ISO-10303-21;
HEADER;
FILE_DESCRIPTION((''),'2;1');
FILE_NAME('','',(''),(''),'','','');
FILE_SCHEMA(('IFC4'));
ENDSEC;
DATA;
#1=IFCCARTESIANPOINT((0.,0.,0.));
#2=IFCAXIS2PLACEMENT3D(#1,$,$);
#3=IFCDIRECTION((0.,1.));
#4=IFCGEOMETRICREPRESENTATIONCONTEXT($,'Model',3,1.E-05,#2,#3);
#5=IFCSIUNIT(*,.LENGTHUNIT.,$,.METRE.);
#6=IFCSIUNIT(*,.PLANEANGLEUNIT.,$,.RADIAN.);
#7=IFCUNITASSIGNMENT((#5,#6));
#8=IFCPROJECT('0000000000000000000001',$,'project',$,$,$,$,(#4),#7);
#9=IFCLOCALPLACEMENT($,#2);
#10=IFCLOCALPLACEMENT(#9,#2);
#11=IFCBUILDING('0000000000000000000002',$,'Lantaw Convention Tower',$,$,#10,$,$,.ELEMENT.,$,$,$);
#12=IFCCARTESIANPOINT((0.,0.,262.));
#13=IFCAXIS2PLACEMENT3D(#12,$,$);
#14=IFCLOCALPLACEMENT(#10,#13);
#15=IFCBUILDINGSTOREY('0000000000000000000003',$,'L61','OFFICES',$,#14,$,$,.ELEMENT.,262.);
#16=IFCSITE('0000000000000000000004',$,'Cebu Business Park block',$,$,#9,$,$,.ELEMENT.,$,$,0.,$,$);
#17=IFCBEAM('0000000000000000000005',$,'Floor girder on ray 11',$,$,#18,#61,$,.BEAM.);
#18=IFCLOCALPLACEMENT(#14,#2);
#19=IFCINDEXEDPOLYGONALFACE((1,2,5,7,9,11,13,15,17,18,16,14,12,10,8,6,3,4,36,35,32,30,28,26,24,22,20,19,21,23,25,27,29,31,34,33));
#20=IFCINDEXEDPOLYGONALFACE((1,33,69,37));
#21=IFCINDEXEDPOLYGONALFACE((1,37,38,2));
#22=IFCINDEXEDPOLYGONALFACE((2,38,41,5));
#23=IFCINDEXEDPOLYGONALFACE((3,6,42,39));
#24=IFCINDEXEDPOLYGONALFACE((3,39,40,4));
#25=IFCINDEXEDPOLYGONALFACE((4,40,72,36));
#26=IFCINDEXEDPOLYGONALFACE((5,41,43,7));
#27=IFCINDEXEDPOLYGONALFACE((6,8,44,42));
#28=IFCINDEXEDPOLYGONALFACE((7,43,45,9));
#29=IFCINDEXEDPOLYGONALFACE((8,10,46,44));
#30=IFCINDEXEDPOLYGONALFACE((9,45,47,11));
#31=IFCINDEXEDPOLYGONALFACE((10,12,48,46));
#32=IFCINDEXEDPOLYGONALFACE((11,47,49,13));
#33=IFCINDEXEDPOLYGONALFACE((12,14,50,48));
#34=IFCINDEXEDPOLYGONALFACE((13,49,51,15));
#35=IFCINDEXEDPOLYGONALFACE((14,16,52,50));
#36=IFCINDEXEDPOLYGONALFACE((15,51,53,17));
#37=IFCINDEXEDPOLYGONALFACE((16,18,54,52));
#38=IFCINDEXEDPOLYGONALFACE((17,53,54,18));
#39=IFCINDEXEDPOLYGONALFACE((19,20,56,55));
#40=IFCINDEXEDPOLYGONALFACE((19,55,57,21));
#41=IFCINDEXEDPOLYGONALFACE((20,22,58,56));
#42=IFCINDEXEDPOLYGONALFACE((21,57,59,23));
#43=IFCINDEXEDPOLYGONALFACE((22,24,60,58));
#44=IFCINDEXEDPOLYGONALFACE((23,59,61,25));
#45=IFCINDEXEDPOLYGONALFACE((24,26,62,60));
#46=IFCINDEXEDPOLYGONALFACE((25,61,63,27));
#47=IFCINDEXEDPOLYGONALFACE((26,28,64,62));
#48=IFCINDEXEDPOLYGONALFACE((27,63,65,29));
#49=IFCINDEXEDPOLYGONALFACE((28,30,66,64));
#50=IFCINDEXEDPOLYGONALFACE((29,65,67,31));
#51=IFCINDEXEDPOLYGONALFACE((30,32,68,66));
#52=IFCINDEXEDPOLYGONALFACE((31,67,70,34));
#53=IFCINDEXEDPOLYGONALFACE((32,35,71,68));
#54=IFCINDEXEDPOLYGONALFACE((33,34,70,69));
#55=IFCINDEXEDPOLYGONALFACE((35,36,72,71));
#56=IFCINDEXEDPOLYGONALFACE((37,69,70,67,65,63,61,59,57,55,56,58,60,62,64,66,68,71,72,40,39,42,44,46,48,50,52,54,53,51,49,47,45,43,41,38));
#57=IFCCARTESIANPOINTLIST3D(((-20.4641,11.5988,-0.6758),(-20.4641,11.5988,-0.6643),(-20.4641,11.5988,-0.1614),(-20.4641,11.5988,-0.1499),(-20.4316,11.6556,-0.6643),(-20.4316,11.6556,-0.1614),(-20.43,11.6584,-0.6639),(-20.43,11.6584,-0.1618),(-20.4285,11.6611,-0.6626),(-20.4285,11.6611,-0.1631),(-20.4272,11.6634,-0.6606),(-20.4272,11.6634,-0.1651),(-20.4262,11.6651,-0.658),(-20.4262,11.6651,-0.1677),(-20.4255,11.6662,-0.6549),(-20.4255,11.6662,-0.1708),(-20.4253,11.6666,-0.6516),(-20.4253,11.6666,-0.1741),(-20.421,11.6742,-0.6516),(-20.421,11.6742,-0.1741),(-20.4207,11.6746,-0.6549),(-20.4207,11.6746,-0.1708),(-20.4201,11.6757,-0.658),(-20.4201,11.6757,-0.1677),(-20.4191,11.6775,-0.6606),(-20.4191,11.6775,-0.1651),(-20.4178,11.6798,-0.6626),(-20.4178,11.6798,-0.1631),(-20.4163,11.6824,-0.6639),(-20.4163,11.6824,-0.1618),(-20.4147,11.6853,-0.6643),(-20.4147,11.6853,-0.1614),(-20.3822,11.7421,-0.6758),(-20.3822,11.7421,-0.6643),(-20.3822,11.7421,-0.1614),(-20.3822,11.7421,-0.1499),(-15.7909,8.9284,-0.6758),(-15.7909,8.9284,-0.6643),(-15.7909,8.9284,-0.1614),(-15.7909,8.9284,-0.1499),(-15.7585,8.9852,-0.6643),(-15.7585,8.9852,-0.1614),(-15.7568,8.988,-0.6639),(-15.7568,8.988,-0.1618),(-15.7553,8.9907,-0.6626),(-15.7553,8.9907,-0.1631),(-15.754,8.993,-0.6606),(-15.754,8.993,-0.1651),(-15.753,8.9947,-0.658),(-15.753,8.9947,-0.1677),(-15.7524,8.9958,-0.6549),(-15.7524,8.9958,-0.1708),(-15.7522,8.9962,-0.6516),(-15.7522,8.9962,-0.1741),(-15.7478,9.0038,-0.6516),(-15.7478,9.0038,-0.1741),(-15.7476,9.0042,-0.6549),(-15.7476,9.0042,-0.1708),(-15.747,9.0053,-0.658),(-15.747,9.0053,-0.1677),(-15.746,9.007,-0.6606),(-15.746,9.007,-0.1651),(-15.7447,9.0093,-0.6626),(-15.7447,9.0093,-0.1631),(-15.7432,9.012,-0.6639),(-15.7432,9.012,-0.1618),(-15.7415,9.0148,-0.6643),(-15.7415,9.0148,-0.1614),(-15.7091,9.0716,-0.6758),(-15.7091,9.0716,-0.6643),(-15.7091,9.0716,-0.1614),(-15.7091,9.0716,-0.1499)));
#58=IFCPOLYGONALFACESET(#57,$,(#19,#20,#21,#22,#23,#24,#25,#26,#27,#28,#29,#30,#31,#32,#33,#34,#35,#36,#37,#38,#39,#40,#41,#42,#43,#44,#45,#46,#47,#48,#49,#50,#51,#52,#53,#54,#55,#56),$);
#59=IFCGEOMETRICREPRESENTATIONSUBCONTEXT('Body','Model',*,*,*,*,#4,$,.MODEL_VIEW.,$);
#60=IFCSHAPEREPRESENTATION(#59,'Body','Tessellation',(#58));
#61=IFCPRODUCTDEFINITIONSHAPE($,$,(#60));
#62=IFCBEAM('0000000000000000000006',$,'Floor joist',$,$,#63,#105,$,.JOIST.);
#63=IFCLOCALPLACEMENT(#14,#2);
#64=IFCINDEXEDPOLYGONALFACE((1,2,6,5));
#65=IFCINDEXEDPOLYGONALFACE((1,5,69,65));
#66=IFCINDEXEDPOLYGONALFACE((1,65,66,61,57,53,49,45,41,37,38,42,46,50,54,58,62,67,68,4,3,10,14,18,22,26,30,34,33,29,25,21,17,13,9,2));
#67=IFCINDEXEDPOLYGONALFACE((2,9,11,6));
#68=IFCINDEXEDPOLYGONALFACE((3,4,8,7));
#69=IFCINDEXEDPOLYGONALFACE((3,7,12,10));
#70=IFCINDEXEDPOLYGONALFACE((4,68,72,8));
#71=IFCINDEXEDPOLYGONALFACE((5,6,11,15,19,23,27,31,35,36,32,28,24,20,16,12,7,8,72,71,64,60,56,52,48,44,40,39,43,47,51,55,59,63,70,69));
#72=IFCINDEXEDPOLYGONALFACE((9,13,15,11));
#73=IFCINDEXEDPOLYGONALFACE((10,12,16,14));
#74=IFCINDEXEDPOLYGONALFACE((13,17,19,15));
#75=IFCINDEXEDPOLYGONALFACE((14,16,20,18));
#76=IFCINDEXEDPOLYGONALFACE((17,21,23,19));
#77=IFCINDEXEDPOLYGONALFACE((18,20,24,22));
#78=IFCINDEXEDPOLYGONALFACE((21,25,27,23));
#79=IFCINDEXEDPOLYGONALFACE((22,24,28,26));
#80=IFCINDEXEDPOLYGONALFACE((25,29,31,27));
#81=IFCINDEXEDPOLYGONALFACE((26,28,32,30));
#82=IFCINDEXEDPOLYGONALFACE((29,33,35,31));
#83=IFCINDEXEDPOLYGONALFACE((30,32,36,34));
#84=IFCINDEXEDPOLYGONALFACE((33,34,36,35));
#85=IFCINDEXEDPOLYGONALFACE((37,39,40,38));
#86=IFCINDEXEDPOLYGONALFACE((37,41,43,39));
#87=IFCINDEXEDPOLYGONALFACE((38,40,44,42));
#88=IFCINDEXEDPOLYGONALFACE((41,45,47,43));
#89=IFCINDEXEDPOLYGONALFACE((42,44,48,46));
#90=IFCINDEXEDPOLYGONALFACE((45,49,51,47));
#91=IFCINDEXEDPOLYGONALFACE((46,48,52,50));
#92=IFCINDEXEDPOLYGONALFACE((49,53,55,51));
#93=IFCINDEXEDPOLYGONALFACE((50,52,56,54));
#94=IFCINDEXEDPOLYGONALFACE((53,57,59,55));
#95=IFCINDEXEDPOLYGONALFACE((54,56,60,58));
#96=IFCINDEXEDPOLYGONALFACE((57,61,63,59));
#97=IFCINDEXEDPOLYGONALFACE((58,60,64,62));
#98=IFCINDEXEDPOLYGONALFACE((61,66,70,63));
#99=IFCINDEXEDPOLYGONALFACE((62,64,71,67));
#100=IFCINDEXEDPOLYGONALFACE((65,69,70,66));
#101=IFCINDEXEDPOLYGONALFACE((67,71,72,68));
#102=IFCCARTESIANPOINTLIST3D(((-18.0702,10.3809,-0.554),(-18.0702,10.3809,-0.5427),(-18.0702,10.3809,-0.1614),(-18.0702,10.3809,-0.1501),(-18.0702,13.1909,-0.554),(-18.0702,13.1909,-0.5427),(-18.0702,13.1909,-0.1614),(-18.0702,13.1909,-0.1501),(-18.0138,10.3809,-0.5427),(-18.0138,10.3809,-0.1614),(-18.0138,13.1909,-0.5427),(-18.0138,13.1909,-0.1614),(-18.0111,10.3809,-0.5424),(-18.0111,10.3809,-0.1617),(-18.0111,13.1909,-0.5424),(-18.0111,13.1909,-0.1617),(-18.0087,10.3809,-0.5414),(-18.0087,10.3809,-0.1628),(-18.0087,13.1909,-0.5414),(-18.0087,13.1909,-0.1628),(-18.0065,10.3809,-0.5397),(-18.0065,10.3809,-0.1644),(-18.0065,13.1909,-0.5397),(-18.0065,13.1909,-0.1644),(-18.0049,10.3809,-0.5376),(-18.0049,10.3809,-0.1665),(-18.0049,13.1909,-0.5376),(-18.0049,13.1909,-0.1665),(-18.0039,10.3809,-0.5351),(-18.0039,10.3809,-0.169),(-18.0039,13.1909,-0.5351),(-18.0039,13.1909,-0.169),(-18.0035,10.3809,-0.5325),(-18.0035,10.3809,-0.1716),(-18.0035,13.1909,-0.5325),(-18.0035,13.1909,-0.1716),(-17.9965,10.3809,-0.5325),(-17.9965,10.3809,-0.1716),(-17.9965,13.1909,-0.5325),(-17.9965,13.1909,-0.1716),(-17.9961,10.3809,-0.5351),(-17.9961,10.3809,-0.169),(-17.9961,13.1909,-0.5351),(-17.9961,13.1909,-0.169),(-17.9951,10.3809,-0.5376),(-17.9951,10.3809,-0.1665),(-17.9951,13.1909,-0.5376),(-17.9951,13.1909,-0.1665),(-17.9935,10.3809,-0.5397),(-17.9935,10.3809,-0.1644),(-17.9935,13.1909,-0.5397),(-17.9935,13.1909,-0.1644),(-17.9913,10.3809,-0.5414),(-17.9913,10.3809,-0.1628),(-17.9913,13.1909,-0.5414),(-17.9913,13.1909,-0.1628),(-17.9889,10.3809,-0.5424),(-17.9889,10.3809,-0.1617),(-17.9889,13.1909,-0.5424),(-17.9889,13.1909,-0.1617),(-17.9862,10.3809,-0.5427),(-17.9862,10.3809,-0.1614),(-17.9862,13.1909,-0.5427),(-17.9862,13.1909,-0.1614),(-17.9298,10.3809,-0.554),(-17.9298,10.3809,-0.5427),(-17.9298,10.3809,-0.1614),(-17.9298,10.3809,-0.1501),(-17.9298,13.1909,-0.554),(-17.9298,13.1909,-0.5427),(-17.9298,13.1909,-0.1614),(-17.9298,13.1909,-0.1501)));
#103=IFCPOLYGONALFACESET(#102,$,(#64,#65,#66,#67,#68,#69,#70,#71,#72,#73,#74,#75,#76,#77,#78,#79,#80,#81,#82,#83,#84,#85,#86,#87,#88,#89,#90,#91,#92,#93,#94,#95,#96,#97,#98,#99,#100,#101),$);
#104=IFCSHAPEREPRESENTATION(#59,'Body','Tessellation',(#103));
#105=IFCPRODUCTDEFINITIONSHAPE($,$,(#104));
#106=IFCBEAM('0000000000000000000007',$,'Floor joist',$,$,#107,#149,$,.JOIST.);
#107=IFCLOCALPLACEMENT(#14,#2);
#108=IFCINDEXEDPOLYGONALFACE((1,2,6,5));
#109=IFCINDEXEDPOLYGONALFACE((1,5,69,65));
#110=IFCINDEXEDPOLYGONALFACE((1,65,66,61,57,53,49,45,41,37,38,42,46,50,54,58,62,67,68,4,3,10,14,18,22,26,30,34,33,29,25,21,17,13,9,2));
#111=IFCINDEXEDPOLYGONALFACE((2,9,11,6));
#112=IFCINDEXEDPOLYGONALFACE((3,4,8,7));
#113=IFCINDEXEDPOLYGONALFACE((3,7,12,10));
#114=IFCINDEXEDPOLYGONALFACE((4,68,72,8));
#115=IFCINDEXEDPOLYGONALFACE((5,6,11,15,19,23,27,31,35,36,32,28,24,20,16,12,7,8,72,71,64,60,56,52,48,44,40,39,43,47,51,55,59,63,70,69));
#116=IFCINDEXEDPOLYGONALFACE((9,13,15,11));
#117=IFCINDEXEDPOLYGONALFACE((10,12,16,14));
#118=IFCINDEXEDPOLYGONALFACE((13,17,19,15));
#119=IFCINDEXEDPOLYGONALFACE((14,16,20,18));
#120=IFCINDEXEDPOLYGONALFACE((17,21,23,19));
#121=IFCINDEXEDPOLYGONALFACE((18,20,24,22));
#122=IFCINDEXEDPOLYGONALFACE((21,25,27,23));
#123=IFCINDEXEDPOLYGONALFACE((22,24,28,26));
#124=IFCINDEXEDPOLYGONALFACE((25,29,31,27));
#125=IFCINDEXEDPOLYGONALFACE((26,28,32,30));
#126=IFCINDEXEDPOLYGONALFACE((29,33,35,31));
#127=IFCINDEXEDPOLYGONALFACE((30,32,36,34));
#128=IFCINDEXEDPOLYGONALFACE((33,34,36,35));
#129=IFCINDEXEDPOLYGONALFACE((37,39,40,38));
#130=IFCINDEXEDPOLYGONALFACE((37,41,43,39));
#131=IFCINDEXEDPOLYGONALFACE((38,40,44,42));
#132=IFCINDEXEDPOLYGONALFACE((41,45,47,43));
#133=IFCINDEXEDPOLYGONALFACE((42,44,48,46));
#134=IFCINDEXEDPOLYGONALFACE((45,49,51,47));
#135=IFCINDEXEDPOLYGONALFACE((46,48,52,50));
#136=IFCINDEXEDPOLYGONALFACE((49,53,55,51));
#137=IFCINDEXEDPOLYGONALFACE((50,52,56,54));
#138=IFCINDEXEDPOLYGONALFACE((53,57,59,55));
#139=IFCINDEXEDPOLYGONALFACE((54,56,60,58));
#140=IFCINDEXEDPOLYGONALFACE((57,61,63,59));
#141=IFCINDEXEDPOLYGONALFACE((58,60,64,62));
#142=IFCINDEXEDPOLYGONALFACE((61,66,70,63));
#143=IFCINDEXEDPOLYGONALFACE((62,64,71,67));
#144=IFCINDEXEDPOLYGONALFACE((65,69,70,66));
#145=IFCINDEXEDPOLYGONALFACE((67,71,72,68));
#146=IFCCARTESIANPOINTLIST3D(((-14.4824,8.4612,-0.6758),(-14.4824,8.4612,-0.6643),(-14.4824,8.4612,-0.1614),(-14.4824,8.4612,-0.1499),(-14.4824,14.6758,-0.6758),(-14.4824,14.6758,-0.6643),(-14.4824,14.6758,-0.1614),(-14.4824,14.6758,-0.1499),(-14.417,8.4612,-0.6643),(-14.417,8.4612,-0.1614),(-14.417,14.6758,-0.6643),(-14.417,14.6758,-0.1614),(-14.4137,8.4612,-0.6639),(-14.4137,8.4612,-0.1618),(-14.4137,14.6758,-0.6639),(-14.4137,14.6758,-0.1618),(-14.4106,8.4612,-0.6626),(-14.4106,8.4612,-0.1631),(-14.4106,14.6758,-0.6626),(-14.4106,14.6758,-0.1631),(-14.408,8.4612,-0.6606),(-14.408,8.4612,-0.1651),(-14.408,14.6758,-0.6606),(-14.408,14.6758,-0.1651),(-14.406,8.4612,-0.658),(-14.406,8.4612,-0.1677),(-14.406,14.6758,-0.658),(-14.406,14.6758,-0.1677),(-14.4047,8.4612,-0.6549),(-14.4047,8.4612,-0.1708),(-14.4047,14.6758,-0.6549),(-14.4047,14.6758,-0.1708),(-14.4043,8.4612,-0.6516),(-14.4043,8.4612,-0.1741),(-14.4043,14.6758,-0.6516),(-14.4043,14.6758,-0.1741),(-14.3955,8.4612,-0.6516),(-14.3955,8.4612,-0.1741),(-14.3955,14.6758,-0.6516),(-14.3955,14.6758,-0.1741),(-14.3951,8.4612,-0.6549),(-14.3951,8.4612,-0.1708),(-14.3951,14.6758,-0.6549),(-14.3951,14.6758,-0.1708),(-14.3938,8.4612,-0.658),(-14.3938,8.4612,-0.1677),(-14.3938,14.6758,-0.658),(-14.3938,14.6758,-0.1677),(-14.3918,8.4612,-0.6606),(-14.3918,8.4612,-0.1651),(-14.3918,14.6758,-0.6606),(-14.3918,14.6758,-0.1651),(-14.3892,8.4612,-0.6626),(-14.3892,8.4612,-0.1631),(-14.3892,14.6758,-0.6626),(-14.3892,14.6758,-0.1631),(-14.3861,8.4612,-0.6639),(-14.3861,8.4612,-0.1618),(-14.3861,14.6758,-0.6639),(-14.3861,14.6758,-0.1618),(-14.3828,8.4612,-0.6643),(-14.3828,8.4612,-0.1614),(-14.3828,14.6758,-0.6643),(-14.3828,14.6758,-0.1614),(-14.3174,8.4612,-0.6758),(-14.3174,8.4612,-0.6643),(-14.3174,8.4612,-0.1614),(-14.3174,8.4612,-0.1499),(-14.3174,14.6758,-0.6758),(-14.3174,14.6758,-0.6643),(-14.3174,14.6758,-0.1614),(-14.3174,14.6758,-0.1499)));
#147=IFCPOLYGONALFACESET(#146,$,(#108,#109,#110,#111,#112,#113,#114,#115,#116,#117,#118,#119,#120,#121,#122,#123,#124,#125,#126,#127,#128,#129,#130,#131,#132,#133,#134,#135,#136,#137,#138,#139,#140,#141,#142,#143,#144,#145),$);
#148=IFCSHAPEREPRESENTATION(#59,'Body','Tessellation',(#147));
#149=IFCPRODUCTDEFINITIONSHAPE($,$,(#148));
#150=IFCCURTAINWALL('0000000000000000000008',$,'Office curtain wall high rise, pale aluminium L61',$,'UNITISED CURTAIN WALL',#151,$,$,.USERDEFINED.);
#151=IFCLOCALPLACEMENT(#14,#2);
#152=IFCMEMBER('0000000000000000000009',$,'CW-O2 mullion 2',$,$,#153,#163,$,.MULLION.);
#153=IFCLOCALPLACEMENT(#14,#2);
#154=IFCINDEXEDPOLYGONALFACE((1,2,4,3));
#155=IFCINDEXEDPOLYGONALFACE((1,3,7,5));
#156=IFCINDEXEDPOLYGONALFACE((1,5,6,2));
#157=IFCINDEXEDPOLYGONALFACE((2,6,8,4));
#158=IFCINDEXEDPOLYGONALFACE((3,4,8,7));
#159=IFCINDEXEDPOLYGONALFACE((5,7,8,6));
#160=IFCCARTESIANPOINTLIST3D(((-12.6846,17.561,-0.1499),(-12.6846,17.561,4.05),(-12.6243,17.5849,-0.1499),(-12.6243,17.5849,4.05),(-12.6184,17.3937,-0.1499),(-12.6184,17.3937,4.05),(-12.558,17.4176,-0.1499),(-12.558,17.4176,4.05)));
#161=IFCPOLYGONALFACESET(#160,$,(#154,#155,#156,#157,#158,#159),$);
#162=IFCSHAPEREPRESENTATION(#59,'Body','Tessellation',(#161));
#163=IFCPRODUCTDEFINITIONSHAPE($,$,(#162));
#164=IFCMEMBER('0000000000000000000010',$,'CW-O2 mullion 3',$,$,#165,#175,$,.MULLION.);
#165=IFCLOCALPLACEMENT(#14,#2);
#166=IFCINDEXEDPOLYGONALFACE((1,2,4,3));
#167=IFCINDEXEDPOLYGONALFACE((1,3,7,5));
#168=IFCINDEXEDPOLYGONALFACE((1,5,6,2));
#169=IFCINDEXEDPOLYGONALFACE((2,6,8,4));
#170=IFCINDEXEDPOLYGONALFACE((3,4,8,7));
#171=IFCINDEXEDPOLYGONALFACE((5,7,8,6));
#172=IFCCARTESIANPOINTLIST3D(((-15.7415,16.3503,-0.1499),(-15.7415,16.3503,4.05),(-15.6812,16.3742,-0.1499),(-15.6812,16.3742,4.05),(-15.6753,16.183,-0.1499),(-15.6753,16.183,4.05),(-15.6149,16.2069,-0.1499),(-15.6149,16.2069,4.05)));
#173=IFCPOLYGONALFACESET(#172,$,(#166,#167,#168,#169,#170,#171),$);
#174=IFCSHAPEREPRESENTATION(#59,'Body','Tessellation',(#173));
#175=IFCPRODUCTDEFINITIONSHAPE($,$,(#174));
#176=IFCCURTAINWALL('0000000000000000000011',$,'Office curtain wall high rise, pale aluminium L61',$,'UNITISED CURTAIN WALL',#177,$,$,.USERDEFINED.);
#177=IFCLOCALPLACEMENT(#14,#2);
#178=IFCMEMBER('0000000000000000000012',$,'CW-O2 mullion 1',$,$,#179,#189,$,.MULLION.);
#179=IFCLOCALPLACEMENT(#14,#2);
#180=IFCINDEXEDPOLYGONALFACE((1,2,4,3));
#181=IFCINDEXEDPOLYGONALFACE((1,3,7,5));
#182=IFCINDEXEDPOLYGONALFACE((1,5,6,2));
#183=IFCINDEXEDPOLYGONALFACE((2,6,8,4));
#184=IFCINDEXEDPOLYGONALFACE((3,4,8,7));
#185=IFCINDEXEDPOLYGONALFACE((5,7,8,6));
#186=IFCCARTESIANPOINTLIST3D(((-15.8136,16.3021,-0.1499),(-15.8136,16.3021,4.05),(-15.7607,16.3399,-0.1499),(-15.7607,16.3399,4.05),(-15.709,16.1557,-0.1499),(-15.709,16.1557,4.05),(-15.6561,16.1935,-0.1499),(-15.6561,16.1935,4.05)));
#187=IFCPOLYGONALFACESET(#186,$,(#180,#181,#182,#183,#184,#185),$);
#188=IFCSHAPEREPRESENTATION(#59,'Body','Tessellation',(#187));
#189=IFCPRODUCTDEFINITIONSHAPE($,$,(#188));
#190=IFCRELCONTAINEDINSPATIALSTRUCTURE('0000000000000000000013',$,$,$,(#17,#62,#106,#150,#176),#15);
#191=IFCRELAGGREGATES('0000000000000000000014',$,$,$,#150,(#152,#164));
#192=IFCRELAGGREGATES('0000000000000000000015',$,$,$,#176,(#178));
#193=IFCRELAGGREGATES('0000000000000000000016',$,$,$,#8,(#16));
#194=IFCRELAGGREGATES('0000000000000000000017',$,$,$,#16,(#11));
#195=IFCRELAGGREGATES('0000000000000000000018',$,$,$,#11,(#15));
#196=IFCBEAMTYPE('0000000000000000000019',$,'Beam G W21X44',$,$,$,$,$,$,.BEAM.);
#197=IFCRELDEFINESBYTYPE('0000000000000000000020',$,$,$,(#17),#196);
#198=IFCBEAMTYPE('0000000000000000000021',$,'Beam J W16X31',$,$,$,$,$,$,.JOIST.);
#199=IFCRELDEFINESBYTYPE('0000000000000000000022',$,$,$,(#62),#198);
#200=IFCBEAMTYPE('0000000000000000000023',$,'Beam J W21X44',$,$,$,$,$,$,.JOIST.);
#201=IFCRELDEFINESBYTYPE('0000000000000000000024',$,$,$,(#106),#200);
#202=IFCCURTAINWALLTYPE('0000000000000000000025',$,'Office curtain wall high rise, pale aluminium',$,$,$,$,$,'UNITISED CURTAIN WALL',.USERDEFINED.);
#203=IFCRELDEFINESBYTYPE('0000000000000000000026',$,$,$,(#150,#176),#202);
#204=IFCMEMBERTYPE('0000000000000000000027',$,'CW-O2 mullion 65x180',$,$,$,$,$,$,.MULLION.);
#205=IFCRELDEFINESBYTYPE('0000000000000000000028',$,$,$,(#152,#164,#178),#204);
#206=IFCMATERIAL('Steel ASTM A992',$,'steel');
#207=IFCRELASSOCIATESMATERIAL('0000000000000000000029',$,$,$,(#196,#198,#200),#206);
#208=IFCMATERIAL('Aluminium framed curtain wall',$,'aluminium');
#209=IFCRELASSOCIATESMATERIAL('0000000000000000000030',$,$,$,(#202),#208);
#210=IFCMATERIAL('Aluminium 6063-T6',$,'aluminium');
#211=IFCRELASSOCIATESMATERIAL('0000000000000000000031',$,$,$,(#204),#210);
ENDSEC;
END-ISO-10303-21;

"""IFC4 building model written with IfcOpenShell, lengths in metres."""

from ifc_helpers import new_model, si_unit, direction, frame, origin, origin_2d, place, context, subcontext, project, spatial, rectangle, i_section, extrude, material, material_profile, profile_set, type_object, element, aggregate, save


model = new_model("IFC4")

# Units and contexts
model_context = context("Model", 3, precision=1e-05, world=origin(), true_north=direction((0.0, 1.0)))
body_context = subcontext(model_context, "Body", "Model", "MODEL_VIEW")
ifc_project = project(units=[si_unit("LENGTHUNIT", "METRE"), si_unit("PLANEANGLEUNIT", "RADIAN")], contexts=[model_context])

# Site, building, storey
site_placement = place(None, origin())
site = spatial("IfcSite", under=ifc_project, at=site_placement, Name="Cebu Business Park block", CompositionType="ELEMENT", RefElevation=0.0)
building_placement = place(site_placement, origin())
building = spatial("IfcBuilding", under=site, at=building_placement, Name="Lantaw Convention Tower", CompositionType="ELEMENT")
storey_placement = place(building_placement, frame((0.0, 0.0, 262.0)))
storey = spatial("IfcBuildingStorey", under=building, at=storey_placement, Name="L61", Description="OFFICES", CompositionType="ELEMENT", Elevation=262.0)

# Beams
ifc_material_1 = material(Name="Steel ASTM A992", Category="steel")
ifc_material_profile_1 = material_profile(ifc_material_1, i_section(OverallWidth=0.165, OverallDepth=0.5259, WebThickness=0.0088, FlangeThickness=0.0115, FilletRadius=0.0127, at=origin_2d()), Name="W21X44")
ifc_profile_set_1 = profile_set([ifc_material_profile_1], Name="Steel ASTM A992")
beam_type_1 = type_object("IfcBeamType", Name="Beam G W21X44", PredefinedType="BEAM", material=ifc_profile_set_1)
beam_1_placement = place(storey_placement, frame((-15.75, 9.0, -0.4128), z_axis=(-0.868238, 0.496149, 0.0), x_axis=(-0.496149, -0.868238, 0.0)))
element("IfcBeam", 1, at=beam_1_placement, inside=storey, type_object=beam_type_1, Name="Floor girder on ray 11", PredefinedType="BEAM", context=body_context, shape_type="SweptSolid", body=[
    extrude(i_section(OverallWidth=0.165, OverallDepth=0.5259, WebThickness=0.0088, FlangeThickness=0.0115, FilletRadius=0.0127, at=origin_2d()), origin(), (0.0, 0.0, 1.0), 5.3823),
])
ifc_material_profile_2 = material_profile(ifc_material_1, i_section(OverallWidth=0.1404, OverallDepth=0.4038, WebThickness=0.0071, FlangeThickness=0.0112, FilletRadius=0.0103, at=origin_2d()), Name="W16X31")
ifc_profile_set_2 = profile_set([ifc_material_profile_2], Name="Steel ASTM A992")
beam_type_2 = type_object("IfcBeamType", Name="Beam J W16X31", PredefinedType="JOIST", material=ifc_profile_set_2)
beam_2_placement = place(storey_placement, frame((-18.0, 10.3809, -0.3521), z_axis=(0.0, 1.0, 0.0), x_axis=(-1.0, 0.0, 0.0)))
element("IfcBeam", 2, at=beam_2_placement, inside=storey, type_object=beam_type_2, Name="Floor joist", PredefinedType="JOIST", context=body_context, shape_type="SweptSolid", body=[
    extrude(i_section(OverallWidth=0.1404, OverallDepth=0.4038, WebThickness=0.0071, FlangeThickness=0.0112, FilletRadius=0.0103, at=origin_2d()), origin(), (0.0, 0.0, 1.0), 2.8101),
])
ifc_material_profile_3 = material_profile(ifc_material_1, i_section(OverallWidth=0.165, OverallDepth=0.5259, WebThickness=0.0088, FlangeThickness=0.0115, FilletRadius=0.0127, at=origin_2d()), Name="W21X44")
ifc_profile_set_3 = profile_set([ifc_material_profile_3], Name="Steel ASTM A992")
beam_type_3 = type_object("IfcBeamType", Name="Beam J W21X44", PredefinedType="JOIST", material=ifc_profile_set_3)
beam_3_placement = place(storey_placement, frame((-14.3999, 8.4612, -0.4128), z_axis=(0.0, 1.0, 0.0), x_axis=(-1.0, 0.0, 0.0)))
element("IfcBeam", 3, at=beam_3_placement, inside=storey, type_object=beam_type_3, Name="Floor joist", PredefinedType="JOIST", context=body_context, shape_type="SweptSolid", body=[
    extrude(i_section(OverallWidth=0.165, OverallDepth=0.5259, WebThickness=0.0088, FlangeThickness=0.0115, FilletRadius=0.0127, at=origin_2d()), origin(), (0.0, 0.0, 1.0), 6.2146),
])

# Curtain walls, members
ifc_material_2 = material(Name="Aluminium framed curtain wall", Category="aluminium")
curtain_wall_type = type_object("IfcCurtainWallType", Name="Office curtain wall high rise, pale aluminium", ElementType="UNITISED CURTAIN WALL", PredefinedType="USERDEFINED", material=ifc_material_2)
curtain_wall_1_placement = place(storey_placement, origin())
curtain_wall_1 = element("IfcCurtainWall", 4, at=curtain_wall_1_placement, inside=storey, type_object=curtain_wall_type, Name="Office curtain wall high rise, pale aluminium L61", ObjectType="UNITISED CURTAIN WALL", PredefinedType="USERDEFINED")
ifc_material_3 = material(Name="Aluminium 6063-T6", Category="aluminium")
ifc_material_profile_4 = material_profile(ifc_material_3, rectangle(XDim=0.1799, YDim=0.0649, at=origin_2d()), Name="CW-O2 mullion 65x180")
ifc_profile_set_4 = profile_set([ifc_material_profile_4], Name="Aluminium 6063-T6")
member_type_1 = type_object("IfcMemberType", Name="CW-O2 mullion 65x180", PredefinedType="MULLION", material=ifc_profile_set_4)
member_1_placement = place(storey_placement, frame((-12.6213, 17.4893, -0.1499), z_axis=(0.0, 0.0, 1.0), x_axis=(0.368162, -0.929762, 0.0)))
member_1 = element("IfcMember", 5, at=member_1_placement, type_object=member_type_1, Name="CW-O2 mullion 2", PredefinedType="MULLION", context=body_context, shape_type="SweptSolid", body=[
    extrude(rectangle(XDim=0.1799, YDim=0.0649, at=origin_2d()), origin(), (0.0, 0.0, 1.0), 4.2),
])
member_2_placement = place(storey_placement, frame((-15.6782, 16.2786, -0.1499), z_axis=(0.0, 0.0, 1.0), x_axis=(0.368162, -0.929762, 0.0)))
member_2 = element("IfcMember", 6, at=member_2_placement, type_object=member_type_1, Name="CW-O2 mullion 3", PredefinedType="MULLION", context=body_context, shape_type="SweptSolid", body=[
    extrude(rectangle(XDim=0.1799, YDim=0.0649, at=origin_2d()), origin(), (0.0, 0.0, 1.0), 4.2),
])
curtain_wall_2_placement = place(storey_placement, origin())
curtain_wall_2 = element("IfcCurtainWall", 7, at=curtain_wall_2_placement, inside=storey, type_object=curtain_wall_type, Name="Office curtain wall high rise, pale aluminium L61", ObjectType="UNITISED CURTAIN WALL", PredefinedType="USERDEFINED")
member_3_placement = place(storey_placement, frame((-15.7349, 16.2478, -0.1499), z_axis=(0.0, 0.0, 1.0), x_axis=(0.581323, -0.813673, 0.0)))
member_3 = element("IfcMember", 8, at=member_3_placement, type_object=member_type_1, Name="CW-O2 mullion 1", PredefinedType="MULLION", context=body_context, shape_type="SweptSolid", body=[
    extrude(rectangle(XDim=0.1799, YDim=0.0649, at=origin_2d()), origin(), (0.0, 0.0, 1.0), 4.2),
])

aggregate(curtain_wall_1, [member_1, member_2])
aggregate(curtain_wall_2, [member_3])

save(model, "model.ifc")
